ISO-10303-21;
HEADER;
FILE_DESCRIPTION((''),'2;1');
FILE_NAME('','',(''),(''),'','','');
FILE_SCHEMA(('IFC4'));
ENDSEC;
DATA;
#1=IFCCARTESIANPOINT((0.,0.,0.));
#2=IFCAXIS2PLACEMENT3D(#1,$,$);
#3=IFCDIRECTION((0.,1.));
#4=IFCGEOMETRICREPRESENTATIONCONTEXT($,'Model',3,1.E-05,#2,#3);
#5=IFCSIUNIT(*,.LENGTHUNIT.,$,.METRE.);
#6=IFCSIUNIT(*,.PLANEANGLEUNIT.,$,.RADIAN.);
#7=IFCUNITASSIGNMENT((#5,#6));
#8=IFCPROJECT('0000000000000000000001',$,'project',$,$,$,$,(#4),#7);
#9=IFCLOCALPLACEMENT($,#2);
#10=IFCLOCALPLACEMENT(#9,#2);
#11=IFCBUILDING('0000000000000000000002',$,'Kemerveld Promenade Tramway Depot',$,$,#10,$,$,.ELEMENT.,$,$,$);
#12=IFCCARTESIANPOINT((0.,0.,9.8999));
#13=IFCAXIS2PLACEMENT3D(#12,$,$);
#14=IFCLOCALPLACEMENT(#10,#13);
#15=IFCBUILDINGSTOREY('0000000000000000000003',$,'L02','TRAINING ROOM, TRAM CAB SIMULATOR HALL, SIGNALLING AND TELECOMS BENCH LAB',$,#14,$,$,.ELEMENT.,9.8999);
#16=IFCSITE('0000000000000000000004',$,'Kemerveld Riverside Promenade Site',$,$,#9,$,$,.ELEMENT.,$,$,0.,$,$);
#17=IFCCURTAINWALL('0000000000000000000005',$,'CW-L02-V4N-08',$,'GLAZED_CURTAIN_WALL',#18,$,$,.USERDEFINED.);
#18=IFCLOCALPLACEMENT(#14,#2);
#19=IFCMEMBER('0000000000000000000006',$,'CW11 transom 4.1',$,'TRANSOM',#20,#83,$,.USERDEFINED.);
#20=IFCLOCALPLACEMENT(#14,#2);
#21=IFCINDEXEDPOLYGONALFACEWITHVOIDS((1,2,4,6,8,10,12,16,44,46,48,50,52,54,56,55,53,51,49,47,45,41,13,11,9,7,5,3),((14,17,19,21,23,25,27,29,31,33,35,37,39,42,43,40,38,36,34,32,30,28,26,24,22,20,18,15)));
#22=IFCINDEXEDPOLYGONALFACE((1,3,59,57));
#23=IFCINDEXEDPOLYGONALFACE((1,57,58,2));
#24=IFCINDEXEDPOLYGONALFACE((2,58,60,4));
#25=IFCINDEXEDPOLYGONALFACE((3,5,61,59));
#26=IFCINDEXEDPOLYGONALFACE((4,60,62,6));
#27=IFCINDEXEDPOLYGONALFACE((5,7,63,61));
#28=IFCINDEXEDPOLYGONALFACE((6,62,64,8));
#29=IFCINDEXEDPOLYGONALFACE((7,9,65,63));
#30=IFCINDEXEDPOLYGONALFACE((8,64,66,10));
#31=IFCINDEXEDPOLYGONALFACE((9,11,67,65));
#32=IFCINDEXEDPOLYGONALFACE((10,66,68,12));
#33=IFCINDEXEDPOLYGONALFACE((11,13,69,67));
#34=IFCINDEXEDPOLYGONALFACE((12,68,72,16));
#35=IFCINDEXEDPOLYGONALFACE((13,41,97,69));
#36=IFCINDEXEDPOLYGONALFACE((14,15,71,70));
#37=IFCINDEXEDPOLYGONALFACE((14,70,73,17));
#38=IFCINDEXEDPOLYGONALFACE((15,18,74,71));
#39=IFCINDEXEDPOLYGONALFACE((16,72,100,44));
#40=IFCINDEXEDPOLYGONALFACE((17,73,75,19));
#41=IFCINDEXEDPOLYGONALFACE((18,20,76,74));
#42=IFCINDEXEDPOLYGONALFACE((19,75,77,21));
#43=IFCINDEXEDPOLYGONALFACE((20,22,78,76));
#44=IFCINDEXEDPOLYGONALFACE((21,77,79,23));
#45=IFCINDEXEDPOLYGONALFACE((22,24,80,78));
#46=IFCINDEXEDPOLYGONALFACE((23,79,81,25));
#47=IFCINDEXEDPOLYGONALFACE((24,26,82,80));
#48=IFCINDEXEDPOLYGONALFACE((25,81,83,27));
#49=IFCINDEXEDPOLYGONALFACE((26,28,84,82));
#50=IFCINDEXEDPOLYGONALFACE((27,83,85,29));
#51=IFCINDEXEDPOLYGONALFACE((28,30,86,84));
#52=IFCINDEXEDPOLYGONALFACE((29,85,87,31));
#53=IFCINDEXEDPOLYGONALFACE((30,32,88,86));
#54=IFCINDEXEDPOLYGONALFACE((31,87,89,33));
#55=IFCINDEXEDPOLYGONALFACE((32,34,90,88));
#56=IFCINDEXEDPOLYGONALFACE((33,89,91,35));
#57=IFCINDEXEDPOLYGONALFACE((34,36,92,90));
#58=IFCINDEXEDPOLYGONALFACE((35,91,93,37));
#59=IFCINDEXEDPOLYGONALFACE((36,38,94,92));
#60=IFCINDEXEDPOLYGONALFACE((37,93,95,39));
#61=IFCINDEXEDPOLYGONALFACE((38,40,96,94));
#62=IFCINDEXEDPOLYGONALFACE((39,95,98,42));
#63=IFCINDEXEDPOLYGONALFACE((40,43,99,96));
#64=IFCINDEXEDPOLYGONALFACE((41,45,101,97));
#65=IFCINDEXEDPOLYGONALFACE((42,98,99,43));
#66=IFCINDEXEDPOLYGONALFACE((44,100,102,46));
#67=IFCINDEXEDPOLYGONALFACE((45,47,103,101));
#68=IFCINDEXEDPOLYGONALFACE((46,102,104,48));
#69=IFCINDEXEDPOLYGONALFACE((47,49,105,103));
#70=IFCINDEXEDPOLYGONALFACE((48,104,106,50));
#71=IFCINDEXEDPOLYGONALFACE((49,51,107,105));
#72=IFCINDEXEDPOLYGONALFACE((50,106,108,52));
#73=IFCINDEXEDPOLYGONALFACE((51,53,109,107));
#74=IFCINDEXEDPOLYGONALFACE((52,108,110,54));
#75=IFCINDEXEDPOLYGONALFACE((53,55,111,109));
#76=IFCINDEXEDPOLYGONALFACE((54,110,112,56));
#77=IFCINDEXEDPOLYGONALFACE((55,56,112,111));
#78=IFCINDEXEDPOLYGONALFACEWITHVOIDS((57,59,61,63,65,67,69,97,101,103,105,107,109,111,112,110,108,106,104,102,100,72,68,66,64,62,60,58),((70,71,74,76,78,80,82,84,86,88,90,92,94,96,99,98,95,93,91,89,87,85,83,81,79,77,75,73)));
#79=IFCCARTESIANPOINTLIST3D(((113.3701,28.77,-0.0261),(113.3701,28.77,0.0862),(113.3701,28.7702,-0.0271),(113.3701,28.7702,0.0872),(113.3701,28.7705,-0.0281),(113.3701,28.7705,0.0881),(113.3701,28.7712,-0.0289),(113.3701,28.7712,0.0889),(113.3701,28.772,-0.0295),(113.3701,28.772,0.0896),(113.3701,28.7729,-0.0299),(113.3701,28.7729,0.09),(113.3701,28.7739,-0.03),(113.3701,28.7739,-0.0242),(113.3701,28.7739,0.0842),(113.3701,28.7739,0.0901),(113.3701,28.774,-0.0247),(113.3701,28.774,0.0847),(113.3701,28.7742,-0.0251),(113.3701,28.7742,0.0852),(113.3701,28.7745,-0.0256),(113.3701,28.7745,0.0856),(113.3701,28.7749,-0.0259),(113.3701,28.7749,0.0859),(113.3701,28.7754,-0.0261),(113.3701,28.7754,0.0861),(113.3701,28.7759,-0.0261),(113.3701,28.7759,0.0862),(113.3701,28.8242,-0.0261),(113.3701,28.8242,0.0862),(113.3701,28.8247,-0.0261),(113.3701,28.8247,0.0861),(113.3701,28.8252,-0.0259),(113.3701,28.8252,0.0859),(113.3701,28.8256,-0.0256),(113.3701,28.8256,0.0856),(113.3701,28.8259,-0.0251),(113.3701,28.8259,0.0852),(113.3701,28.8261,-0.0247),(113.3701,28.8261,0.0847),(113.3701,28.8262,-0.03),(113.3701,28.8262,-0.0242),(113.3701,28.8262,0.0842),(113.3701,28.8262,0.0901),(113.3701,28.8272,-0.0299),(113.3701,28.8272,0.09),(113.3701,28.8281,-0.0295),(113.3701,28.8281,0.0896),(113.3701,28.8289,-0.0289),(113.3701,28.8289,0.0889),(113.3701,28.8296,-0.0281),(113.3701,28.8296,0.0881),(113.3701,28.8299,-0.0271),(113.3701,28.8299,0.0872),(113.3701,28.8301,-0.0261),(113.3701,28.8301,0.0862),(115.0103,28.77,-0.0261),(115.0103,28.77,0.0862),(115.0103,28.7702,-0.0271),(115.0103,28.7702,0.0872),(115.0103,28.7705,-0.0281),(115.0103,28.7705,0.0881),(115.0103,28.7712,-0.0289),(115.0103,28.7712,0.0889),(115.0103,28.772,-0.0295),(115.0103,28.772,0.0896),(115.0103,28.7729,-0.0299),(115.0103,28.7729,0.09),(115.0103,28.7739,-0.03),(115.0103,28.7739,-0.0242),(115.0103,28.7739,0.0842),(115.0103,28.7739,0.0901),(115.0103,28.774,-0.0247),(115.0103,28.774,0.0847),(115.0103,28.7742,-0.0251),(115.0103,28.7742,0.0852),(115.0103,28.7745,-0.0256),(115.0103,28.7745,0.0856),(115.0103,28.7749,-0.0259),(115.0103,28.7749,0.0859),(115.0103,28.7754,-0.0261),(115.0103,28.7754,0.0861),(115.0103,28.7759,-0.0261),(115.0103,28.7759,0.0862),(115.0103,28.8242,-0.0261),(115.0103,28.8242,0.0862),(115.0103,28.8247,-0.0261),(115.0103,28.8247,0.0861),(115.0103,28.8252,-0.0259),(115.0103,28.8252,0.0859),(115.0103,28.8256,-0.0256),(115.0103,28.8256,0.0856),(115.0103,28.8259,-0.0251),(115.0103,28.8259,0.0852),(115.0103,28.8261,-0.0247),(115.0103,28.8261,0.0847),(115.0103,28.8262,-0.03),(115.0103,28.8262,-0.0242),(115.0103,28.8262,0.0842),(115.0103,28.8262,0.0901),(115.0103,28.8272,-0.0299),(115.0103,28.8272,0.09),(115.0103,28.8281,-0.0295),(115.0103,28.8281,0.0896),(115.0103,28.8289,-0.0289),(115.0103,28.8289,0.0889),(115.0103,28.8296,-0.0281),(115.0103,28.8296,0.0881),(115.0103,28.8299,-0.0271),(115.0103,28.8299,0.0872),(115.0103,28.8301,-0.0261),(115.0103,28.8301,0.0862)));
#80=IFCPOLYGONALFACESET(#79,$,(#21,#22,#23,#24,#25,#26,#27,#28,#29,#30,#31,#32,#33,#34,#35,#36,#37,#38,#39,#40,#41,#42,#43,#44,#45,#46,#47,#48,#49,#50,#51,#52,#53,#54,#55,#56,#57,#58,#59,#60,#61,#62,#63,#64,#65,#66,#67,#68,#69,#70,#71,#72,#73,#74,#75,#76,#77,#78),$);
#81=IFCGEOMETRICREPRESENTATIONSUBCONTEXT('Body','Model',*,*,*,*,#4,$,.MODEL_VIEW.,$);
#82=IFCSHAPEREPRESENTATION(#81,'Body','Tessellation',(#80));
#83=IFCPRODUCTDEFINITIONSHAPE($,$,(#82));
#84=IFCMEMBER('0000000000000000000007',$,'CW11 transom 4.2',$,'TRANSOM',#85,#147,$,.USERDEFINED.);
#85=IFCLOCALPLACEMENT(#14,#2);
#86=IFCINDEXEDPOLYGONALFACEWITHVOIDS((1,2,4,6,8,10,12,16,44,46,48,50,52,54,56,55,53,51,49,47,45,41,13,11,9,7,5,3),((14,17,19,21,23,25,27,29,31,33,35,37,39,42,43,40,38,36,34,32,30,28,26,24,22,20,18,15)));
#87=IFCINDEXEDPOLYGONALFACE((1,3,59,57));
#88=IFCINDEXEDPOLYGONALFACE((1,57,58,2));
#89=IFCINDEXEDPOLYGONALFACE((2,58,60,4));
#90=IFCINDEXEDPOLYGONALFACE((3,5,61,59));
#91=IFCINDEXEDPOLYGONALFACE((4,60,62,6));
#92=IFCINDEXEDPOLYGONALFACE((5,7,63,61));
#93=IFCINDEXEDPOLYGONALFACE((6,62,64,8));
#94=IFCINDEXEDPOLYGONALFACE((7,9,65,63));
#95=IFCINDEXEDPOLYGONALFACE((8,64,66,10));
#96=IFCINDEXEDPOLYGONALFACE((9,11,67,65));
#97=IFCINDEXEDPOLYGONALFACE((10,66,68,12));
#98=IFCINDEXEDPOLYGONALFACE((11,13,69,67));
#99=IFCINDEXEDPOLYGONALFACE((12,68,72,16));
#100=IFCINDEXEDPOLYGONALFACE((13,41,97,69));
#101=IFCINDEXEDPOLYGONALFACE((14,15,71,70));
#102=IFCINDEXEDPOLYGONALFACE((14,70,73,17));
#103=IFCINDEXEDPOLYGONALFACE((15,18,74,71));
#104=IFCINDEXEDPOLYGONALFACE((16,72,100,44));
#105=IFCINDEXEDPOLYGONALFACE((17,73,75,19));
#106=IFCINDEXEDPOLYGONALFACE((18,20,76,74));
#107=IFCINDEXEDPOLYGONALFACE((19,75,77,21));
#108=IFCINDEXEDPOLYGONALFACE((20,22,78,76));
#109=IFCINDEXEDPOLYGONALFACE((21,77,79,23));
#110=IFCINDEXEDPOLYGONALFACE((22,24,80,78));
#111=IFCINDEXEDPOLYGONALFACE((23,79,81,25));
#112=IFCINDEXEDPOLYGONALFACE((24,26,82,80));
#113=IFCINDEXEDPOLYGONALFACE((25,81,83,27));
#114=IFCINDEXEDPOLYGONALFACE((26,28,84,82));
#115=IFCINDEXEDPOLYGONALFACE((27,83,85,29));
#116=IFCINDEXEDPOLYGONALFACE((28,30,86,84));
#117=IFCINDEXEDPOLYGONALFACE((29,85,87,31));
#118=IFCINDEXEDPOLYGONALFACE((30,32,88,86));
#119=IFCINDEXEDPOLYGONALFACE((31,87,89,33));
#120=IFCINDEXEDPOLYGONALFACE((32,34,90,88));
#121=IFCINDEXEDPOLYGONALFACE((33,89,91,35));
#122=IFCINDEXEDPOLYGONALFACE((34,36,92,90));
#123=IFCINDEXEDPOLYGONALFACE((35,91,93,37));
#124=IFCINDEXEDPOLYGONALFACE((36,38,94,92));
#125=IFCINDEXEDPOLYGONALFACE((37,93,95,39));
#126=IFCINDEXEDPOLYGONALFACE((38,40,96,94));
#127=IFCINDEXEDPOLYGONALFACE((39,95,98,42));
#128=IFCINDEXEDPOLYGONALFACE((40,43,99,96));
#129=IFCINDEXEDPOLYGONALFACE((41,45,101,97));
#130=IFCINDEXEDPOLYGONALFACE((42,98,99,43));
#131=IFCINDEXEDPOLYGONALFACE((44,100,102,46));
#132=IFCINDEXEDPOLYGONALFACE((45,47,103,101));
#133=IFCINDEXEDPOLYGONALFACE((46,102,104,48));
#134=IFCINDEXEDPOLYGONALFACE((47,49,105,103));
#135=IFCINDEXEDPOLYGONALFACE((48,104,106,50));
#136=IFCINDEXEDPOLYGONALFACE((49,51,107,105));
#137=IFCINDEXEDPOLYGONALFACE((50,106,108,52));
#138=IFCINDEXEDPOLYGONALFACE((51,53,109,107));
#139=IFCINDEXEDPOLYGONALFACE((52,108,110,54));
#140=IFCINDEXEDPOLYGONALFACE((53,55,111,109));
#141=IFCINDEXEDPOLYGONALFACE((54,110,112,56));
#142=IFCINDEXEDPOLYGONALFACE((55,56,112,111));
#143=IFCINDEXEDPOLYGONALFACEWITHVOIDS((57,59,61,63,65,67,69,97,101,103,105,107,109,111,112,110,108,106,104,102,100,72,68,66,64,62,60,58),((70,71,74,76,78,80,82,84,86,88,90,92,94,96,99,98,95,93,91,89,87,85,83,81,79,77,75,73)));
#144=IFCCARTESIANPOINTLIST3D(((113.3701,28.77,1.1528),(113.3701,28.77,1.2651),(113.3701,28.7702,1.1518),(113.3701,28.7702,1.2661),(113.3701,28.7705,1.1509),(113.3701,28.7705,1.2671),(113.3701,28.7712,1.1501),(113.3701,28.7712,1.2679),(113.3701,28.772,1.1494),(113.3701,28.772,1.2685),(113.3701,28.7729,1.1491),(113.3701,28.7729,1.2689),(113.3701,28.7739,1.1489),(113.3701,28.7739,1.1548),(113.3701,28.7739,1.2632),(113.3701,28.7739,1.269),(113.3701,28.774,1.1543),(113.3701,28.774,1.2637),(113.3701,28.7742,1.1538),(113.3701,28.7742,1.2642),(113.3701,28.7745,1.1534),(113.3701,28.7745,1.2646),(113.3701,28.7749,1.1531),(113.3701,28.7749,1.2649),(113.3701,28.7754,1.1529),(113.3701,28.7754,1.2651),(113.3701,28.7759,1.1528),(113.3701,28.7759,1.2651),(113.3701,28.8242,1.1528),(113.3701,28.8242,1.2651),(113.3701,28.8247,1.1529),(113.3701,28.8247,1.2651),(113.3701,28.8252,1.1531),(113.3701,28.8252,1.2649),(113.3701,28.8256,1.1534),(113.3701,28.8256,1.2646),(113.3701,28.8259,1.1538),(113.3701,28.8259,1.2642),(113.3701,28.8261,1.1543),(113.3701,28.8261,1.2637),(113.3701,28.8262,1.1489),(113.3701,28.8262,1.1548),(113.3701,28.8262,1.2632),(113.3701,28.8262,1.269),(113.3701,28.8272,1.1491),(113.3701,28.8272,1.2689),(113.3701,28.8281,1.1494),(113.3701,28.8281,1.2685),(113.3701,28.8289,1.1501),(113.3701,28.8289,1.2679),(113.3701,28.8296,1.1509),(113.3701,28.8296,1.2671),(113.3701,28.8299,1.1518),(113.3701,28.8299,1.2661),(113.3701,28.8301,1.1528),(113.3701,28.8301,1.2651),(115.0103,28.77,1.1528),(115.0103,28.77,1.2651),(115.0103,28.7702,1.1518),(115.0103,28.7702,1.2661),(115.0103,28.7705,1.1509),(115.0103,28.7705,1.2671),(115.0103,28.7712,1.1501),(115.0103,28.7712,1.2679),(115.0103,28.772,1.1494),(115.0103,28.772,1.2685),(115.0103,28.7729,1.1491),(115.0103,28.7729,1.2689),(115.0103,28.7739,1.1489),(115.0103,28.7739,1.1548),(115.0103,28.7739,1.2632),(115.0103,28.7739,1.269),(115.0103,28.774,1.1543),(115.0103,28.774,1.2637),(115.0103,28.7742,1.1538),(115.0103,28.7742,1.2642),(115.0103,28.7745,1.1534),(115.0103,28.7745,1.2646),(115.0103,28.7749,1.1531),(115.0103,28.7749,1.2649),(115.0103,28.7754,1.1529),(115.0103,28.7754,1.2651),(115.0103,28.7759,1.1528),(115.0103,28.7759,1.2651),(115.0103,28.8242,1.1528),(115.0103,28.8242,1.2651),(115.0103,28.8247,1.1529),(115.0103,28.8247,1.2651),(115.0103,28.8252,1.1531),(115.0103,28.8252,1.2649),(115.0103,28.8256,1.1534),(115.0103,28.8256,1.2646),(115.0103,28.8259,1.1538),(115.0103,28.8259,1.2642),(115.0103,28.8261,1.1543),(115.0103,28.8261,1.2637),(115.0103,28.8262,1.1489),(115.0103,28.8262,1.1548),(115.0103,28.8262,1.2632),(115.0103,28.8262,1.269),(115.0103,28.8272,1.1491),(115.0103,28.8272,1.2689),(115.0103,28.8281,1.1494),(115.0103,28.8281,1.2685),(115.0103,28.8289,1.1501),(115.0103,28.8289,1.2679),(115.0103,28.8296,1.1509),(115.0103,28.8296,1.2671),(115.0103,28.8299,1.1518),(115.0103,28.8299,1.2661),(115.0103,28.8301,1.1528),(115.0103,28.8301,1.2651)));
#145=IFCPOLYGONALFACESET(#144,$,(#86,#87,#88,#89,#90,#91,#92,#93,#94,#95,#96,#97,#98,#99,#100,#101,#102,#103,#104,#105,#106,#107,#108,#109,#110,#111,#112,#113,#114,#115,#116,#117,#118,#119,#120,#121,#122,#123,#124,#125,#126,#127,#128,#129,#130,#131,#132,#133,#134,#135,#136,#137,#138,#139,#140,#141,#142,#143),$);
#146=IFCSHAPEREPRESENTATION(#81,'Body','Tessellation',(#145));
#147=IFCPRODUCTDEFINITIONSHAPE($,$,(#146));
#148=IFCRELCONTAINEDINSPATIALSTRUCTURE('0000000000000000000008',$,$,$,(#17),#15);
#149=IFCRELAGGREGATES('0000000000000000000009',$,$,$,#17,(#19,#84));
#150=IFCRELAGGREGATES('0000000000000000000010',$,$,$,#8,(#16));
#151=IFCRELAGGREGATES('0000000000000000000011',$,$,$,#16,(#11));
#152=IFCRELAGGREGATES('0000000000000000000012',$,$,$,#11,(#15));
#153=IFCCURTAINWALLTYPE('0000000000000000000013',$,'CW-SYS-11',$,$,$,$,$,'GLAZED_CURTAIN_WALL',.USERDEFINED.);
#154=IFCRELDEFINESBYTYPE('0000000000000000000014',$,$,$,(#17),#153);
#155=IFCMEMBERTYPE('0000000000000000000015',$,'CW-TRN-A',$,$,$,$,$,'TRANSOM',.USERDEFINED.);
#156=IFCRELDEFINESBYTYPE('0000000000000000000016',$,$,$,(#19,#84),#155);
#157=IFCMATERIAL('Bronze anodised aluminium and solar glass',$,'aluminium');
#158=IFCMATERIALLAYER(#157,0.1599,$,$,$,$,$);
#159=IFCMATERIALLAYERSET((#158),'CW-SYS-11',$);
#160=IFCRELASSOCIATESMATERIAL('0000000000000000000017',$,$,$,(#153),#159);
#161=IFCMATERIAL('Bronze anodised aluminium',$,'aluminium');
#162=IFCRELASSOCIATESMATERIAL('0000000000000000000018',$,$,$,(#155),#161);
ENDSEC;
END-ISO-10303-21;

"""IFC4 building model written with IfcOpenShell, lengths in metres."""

from ifc_helpers import new_model, si_unit, direction, frame, origin, origin_2d, place, context, subcontext, project, spatial, hollow_rectangle, extrude, material, layer, layer_set, material_profile, profile_set, type_object, element, aggregate, save


model = new_model("IFC4")

# Units and contexts
model_context = context("Model", 3, precision=1e-05, world=origin(), true_north=direction((0.0, 1.0)))
body_context = subcontext(model_context, "Body", "Model", "MODEL_VIEW")
ifc_project = project(units=[si_unit("LENGTHUNIT", "METRE"), si_unit("PLANEANGLEUNIT", "RADIAN")], contexts=[model_context])

# Site, building, storey
site_placement = place(None, origin())
site = spatial("IfcSite", under=ifc_project, at=site_placement, Name="Kemerveld Riverside Promenade Site", CompositionType="ELEMENT", RefElevation=0.0)
building_placement = place(site_placement, origin())
building = spatial("IfcBuilding", under=site, at=building_placement, Name="Kemerveld Promenade Tramway Depot", CompositionType="ELEMENT")
storey_placement = place(building_placement, frame((0.0, 0.0, 9.8999)))
storey = spatial("IfcBuildingStorey", under=building, at=storey_placement, Name="L02", Description="TRAINING ROOM, TRAM CAB SIMULATOR HALL, SIGNALLING AND TELECOMS BENCH LAB", CompositionType="ELEMENT", Elevation=9.8999)

# Curtain wall, members
ifc_material_1 = material(Name="Bronze anodised aluminium and solar glass", Category="aluminium")
ifc_layer_1 = layer(ifc_material_1, 0.1599)
ifc_layer_set_1 = layer_set([ifc_layer_1], Name="CW-SYS-11")
curtain_wall_type = type_object("IfcCurtainWallType", Name="CW-SYS-11", ElementType="GLAZED_CURTAIN_WALL", PredefinedType="USERDEFINED", material=ifc_layer_set_1)
curtain_wall_placement = place(storey_placement, origin())
curtain_wall = element("IfcCurtainWall", 1, at=curtain_wall_placement, inside=storey, type_object=curtain_wall_type, Name="CW-L02-V4N-08", ObjectType="GLAZED_CURTAIN_WALL", PredefinedType="USERDEFINED")
ifc_material_2 = material(Name="Bronze anodised aluminium", Category="aluminium")
ifc_material_profile_1 = material_profile(ifc_material_2, hollow_rectangle(XDim=0.0601, YDim=0.1201, WallThickness=0.0039, InnerFilletRadius=0.002, OuterFilletRadius=0.0039, at=origin_2d()), Name="CW-TRN-120x60")
ifc_profile_set_1 = profile_set([ifc_material_profile_1], Name="Bronze anodised aluminium")
member_type_1 = type_object("IfcMemberType", Name="CW-TRN-A", ElementType="TRANSOM", PredefinedType="USERDEFINED", material=ifc_profile_set_1)
member_1_placement = place(storey_placement, frame((113.3701, 28.8, 0.03), z_axis=(1.0, 0.0, 0.0), x_axis=(0.0, 1.0, 0.0)))
member_1 = element("IfcMember", 2, at=member_1_placement, type_object=member_type_1, Name="CW11 transom 4.1", ObjectType="TRANSOM", PredefinedType="USERDEFINED", context=body_context, shape_type="SweptSolid", body=[
    extrude(hollow_rectangle(XDim=0.0601, YDim=0.1201, WallThickness=0.0039, InnerFilletRadius=0.002, OuterFilletRadius=0.0039, at=origin_2d()), origin(), (0.0, 0.0, 1.0), 1.6401),
])
member_2_placement = place(storey_placement, frame((113.3701, 28.8, 1.209), z_axis=(1.0, 0.0, 0.0), x_axis=(0.0, 1.0, 0.0)))
member_2 = element("IfcMember", 3, at=member_2_placement, type_object=member_type_1, Name="CW11 transom 4.2", ObjectType="TRANSOM", PredefinedType="USERDEFINED", context=body_context, shape_type="SweptSolid", body=[
    extrude(hollow_rectangle(XDim=0.0601, YDim=0.1201, WallThickness=0.0039, InnerFilletRadius=0.002, OuterFilletRadius=0.0039, at=origin_2d()), origin(), (0.0, 0.0, 1.0), 1.6401),
])
aggregate(curtain_wall, [member_1, member_2])

save(model, "model.ifc")
